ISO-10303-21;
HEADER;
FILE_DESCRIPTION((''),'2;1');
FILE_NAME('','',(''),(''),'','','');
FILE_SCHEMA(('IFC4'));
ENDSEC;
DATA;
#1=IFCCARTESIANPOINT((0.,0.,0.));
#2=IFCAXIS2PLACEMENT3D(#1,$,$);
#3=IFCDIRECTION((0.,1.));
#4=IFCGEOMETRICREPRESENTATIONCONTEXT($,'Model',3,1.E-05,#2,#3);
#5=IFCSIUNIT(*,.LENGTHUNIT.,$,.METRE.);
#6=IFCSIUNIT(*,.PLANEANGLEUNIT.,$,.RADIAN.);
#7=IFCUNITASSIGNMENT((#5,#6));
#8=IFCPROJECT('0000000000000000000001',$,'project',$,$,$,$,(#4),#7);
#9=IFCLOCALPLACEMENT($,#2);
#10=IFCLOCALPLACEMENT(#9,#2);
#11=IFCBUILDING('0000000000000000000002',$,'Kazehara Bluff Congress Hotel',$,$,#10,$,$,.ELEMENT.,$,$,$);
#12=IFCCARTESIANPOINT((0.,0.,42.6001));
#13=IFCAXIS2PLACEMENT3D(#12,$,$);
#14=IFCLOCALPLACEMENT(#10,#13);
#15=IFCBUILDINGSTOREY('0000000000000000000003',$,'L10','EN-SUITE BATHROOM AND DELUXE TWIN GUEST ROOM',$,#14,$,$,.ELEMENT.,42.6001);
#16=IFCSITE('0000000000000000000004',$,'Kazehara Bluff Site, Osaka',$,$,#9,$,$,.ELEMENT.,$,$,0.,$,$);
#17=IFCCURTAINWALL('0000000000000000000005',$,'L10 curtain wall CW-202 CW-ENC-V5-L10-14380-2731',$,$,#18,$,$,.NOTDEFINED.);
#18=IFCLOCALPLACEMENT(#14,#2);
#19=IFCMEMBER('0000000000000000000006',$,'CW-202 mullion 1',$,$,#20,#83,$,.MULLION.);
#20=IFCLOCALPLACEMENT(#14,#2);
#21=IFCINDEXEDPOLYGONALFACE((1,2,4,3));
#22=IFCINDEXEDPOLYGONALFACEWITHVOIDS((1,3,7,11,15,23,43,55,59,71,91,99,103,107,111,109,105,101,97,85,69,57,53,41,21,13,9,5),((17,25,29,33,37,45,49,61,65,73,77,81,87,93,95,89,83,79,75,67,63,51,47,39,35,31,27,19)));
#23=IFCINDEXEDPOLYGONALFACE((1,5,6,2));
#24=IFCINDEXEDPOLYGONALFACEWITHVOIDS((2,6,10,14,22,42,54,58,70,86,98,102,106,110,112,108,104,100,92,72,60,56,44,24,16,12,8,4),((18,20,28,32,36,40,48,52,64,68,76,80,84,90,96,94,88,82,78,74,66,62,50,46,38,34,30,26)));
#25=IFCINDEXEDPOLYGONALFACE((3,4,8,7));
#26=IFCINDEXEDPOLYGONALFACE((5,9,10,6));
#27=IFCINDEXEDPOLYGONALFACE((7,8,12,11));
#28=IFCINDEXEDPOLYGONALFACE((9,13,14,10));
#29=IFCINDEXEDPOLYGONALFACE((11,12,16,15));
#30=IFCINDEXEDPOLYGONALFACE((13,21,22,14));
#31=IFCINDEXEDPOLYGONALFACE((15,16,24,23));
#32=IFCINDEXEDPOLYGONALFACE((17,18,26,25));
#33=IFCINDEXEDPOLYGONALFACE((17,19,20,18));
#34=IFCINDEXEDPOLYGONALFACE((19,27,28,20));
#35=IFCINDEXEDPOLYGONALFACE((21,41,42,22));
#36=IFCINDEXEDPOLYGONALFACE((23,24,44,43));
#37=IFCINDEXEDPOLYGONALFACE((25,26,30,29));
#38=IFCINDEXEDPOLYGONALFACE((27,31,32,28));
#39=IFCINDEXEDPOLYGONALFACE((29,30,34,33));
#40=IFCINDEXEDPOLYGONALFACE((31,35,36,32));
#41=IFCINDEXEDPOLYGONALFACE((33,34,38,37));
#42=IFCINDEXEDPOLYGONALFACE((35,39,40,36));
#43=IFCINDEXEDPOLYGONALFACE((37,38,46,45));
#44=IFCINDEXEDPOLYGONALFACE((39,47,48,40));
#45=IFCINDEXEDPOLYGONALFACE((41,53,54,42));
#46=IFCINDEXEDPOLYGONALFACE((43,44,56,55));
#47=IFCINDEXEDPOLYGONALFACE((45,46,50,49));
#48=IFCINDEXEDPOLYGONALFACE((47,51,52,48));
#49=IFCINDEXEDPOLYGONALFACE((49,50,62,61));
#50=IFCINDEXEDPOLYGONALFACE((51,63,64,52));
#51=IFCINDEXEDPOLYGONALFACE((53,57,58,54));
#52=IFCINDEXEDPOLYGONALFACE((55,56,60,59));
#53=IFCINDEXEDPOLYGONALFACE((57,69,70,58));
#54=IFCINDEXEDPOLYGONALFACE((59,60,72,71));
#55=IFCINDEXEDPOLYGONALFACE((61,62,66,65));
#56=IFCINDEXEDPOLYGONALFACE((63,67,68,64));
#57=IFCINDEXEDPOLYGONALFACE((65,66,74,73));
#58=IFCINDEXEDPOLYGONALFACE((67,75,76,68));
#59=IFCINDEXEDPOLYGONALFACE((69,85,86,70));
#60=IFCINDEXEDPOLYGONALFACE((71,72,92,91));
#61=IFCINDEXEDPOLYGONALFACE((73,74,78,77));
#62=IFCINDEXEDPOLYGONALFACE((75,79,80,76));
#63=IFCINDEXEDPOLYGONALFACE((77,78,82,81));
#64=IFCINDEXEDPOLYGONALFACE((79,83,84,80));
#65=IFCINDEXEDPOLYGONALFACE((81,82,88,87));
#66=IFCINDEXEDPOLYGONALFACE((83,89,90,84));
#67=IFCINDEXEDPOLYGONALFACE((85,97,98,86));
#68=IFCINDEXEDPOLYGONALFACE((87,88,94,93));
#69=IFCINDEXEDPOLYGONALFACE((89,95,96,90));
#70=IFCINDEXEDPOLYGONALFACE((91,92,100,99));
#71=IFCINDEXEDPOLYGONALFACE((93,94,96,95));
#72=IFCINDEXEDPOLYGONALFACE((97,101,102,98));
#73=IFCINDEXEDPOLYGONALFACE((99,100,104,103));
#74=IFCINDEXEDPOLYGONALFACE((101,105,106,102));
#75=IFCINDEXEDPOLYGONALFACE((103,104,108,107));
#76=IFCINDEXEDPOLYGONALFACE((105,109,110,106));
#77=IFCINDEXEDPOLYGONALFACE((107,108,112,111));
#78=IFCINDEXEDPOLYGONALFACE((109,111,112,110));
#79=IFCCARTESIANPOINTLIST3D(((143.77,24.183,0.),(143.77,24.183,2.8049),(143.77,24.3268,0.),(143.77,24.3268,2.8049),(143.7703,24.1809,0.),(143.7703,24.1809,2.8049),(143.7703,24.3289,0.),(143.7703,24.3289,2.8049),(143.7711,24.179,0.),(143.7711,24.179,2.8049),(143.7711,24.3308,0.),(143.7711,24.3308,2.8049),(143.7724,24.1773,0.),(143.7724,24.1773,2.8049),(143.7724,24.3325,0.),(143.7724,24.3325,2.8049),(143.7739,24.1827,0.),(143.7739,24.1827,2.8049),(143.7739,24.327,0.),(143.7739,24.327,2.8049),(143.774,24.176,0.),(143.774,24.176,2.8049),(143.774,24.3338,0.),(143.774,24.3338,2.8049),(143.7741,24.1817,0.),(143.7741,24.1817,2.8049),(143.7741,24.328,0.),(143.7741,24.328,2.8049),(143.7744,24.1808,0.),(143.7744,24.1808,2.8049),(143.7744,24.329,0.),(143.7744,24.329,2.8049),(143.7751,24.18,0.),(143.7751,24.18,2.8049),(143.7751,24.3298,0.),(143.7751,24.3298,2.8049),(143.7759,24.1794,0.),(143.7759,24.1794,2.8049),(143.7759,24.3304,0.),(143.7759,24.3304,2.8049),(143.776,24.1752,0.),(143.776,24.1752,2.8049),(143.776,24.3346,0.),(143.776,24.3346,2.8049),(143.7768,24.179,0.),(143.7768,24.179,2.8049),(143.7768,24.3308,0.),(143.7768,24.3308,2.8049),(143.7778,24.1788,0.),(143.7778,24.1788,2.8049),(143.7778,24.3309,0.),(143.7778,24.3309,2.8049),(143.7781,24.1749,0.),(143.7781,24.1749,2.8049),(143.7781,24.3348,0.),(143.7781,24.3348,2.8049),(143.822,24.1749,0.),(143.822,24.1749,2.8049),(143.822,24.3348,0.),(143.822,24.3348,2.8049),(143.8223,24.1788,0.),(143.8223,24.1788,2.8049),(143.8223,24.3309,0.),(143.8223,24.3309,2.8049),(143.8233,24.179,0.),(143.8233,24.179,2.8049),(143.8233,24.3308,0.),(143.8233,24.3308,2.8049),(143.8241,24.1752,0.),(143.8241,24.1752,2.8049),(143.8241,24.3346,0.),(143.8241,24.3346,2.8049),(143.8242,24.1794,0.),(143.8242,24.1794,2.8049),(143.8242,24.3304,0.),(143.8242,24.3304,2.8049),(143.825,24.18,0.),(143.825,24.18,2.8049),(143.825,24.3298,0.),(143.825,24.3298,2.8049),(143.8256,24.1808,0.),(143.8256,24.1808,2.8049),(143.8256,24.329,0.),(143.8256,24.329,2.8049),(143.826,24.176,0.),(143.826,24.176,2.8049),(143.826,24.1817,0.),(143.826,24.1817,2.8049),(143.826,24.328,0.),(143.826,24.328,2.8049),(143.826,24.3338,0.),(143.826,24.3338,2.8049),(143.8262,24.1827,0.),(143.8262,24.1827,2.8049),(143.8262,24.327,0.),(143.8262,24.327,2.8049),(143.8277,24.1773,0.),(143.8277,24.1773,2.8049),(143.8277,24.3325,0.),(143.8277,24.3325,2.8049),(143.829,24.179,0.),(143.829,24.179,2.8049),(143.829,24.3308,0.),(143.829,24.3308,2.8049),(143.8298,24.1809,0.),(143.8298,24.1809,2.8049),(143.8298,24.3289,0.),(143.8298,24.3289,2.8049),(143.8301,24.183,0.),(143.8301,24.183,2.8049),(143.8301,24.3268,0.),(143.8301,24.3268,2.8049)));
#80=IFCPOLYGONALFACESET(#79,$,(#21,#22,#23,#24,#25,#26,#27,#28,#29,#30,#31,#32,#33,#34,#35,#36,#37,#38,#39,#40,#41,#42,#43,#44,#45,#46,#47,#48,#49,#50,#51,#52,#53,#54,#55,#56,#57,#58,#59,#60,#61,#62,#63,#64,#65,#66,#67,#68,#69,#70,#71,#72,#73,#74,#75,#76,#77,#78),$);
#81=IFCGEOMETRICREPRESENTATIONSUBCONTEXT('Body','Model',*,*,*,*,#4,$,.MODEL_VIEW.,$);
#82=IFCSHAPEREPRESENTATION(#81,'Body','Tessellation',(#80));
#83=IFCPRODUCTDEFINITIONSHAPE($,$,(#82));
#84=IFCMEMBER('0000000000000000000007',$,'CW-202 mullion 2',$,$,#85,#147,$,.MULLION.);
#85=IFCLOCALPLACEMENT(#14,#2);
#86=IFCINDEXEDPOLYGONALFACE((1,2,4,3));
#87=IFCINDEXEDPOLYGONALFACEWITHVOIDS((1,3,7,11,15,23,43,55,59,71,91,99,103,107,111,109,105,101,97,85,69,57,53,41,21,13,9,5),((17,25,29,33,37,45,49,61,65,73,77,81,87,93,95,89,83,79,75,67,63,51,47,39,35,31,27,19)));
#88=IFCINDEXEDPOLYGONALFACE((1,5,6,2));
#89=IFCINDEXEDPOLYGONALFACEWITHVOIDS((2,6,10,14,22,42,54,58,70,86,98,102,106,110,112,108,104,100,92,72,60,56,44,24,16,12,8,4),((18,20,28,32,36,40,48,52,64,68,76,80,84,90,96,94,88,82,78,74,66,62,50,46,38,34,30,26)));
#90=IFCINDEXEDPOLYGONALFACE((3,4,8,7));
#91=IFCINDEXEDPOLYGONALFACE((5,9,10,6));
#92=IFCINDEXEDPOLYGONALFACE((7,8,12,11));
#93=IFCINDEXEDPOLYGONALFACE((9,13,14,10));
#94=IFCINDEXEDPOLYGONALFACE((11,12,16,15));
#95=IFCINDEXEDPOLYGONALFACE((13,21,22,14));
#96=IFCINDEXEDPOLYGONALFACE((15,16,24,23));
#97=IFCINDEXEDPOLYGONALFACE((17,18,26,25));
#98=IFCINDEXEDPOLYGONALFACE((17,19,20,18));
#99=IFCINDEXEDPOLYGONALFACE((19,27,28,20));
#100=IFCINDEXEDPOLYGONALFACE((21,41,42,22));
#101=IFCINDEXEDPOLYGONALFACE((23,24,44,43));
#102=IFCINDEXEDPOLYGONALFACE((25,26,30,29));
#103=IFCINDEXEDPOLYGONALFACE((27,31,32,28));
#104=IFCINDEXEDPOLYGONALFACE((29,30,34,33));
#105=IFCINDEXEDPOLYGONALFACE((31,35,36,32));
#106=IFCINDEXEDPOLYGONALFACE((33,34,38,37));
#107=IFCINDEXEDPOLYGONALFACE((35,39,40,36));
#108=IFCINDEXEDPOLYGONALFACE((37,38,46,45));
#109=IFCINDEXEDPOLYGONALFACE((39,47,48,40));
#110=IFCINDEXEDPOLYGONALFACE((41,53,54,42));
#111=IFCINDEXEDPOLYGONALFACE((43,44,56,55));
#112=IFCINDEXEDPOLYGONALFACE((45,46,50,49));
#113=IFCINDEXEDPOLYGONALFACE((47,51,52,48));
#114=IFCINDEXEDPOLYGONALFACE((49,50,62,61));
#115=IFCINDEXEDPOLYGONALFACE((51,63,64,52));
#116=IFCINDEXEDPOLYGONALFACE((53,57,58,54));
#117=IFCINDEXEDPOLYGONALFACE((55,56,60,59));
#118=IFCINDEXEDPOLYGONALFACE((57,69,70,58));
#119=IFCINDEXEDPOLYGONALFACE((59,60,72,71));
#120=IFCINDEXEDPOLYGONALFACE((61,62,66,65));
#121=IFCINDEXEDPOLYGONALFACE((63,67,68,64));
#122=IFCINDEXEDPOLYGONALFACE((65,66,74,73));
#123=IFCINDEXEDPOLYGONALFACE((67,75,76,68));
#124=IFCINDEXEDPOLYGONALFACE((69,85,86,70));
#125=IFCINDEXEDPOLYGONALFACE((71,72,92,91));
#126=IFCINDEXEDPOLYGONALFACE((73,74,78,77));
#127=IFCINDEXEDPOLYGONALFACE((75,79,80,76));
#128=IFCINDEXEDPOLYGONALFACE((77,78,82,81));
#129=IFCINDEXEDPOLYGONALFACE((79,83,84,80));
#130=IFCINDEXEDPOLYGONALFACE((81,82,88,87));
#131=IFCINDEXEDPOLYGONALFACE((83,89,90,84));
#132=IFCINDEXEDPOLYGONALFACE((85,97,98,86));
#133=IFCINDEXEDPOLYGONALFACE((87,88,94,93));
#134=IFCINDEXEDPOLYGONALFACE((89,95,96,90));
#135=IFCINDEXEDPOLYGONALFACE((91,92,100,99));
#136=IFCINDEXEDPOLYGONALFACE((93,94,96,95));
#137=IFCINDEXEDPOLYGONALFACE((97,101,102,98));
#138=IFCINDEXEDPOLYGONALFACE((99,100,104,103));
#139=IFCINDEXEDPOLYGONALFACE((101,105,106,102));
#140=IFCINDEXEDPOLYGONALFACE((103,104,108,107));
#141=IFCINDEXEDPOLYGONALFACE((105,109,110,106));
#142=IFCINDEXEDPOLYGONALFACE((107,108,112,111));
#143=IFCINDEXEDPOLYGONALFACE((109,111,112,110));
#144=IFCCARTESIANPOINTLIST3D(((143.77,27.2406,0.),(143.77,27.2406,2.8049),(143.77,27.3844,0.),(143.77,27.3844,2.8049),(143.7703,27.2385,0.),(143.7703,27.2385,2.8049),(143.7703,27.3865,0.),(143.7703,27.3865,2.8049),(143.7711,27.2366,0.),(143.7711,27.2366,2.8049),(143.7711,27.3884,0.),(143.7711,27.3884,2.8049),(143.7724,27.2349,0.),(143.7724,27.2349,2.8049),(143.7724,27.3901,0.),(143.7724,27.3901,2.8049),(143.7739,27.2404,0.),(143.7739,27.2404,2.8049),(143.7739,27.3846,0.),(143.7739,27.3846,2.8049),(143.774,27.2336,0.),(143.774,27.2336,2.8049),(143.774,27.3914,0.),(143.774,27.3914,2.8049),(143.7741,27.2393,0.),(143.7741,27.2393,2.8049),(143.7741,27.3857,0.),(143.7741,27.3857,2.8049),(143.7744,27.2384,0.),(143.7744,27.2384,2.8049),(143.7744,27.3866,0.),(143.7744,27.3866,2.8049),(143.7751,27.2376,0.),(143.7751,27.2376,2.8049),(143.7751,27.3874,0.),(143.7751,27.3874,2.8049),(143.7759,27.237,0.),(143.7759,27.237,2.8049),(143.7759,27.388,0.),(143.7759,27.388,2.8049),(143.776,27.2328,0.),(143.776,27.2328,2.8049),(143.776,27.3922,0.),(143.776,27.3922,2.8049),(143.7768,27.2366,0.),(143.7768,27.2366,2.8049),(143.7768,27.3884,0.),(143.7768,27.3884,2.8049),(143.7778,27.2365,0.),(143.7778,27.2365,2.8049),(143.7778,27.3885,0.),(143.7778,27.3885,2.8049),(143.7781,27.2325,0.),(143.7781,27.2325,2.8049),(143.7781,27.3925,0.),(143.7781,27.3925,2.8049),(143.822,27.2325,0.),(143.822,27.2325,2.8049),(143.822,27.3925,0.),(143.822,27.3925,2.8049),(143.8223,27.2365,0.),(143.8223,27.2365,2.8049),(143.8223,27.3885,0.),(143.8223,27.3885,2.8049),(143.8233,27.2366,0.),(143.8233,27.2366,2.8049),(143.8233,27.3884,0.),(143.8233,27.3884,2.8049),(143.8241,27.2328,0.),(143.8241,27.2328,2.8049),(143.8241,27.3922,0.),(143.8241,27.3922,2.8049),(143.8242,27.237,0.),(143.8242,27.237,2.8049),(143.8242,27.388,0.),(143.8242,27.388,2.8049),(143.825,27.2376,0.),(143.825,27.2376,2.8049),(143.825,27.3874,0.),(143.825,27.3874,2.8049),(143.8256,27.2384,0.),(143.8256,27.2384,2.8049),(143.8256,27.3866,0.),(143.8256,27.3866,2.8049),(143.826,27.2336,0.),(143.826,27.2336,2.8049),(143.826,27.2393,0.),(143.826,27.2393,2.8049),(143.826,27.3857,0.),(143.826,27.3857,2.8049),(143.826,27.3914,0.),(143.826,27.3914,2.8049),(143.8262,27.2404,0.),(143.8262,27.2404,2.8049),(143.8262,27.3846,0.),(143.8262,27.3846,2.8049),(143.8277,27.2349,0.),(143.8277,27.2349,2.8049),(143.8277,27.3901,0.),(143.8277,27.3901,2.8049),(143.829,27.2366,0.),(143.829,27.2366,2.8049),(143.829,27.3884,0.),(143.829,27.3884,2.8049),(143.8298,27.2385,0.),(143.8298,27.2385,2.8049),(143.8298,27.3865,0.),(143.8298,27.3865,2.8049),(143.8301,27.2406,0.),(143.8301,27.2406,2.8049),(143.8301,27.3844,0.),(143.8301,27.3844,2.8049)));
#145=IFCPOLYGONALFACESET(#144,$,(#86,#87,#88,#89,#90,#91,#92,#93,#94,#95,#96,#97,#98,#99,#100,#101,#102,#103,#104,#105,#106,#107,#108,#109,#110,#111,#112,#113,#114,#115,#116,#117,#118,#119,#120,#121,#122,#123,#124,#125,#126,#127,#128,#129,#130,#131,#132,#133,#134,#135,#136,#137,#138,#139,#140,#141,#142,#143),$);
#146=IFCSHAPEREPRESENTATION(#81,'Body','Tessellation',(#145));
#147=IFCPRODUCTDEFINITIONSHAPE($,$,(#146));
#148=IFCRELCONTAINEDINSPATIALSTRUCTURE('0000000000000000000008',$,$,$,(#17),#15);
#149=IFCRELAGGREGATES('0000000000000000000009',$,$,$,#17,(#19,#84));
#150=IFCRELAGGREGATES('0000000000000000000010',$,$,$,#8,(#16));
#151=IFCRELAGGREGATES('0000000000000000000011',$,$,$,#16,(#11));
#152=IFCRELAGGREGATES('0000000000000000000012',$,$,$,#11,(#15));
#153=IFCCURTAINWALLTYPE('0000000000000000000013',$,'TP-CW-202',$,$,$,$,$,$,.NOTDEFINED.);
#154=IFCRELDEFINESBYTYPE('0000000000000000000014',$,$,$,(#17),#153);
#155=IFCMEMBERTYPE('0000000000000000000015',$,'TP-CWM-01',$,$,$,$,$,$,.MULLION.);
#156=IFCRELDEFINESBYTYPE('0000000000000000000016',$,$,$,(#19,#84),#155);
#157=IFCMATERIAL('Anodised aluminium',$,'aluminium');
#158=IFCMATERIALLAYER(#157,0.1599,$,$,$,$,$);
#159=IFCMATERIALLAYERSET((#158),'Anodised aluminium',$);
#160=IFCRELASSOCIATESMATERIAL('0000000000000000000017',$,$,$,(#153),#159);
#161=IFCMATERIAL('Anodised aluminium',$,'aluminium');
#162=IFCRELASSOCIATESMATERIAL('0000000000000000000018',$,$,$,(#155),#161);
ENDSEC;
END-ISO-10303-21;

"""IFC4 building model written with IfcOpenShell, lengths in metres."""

from ifc_helpers import new_model, si_unit, direction, frame, origin, origin_2d, place, context, subcontext, project, spatial, hollow_rectangle, extrude, material, layer, layer_set, material_profile, profile_set, type_object, element, aggregate, save


model = new_model("IFC4")

# Units and contexts
model_context = context("Model", 3, precision=1e-05, world=origin(), true_north=direction((0.0, 1.0)))
body_context = subcontext(model_context, "Body", "Model", "MODEL_VIEW")
ifc_project = project(units=[si_unit("LENGTHUNIT", "METRE"), si_unit("PLANEANGLEUNIT", "RADIAN")], contexts=[model_context])

# Site, building, storey
site_placement = place(None, origin())
site = spatial("IfcSite", under=ifc_project, at=site_placement, Name="Kazehara Bluff Site, Osaka", CompositionType="ELEMENT", RefElevation=0.0)
building_placement = place(site_placement, origin())
building = spatial("IfcBuilding", under=site, at=building_placement, Name="Kazehara Bluff Congress Hotel", CompositionType="ELEMENT")
storey_placement = place(building_placement, frame((0.0, 0.0, 42.6001)))
storey = spatial("IfcBuildingStorey", under=building, at=storey_placement, Name="L10", Description="EN-SUITE BATHROOM AND DELUXE TWIN GUEST ROOM", CompositionType="ELEMENT", Elevation=42.6001)

# Curtain wall, members
ifc_material_1 = material(Name="Anodised aluminium", Category="aluminium")
ifc_layer_1 = layer(ifc_material_1, 0.1599)
ifc_layer_set_1 = layer_set([ifc_layer_1], Name="Anodised aluminium")
curtain_wall_type_1 = type_object("IfcCurtainWallType", Name="TP-CW-202", PredefinedType="NOTDEFINED", material=ifc_layer_set_1)
curtain_wall_1_placement = place(storey_placement, origin())
curtain_wall_1 = element("IfcCurtainWall", 1, at=curtain_wall_1_placement, inside=storey, type_object=curtain_wall_type_1, Name="L10 curtain wall CW-202 CW-ENC-V5-L10-14380-2731", PredefinedType="NOTDEFINED")
ifc_material_2 = material(Name="Anodised aluminium", Category="aluminium")
ifc_material_profile_1 = material_profile(ifc_material_2, hollow_rectangle(XDim=0.0601, YDim=0.1599, WallThickness=0.0039, InnerFilletRadius=0.0039, OuterFilletRadius=0.0081, at=origin_2d()))
ifc_profile_set_1 = profile_set([ifc_material_profile_1], Name="Anodised aluminium")
member_type_1 = type_object("IfcMemberType", Name="TP-CWM-01", PredefinedType="MULLION", material=ifc_profile_set_1)
member_1_placement = place(storey_placement, frame((143.8, 24.2549, 0.0), z_axis=(0.0, 0.0, 1.0), x_axis=(-1.0, 0.0, 0.0)))
member_1 = element("IfcMember", 2, at=member_1_placement, type_object=member_type_1, Name="CW-202 mullion 1", PredefinedType="MULLION", context=body_context, shape_type="SweptSolid", body=[
    extrude(hollow_rectangle(XDim=0.0601, YDim=0.1599, WallThickness=0.0039, InnerFilletRadius=0.0039, OuterFilletRadius=0.0081, at=origin_2d()), origin(), (0.0, 0.0, 1.0), 2.8049),
])
member_2_placement = place(storey_placement, frame((143.8, 27.3125, 0.0), z_axis=(0.0, 0.0, 1.0), x_axis=(-1.0, 0.0, 0.0)))
member_2 = element("IfcMember", 3, at=member_2_placement, type_object=member_type_1, Name="CW-202 mullion 2", PredefinedType="MULLION", context=body_context, shape_type="SweptSolid", body=[
    extrude(hollow_rectangle(XDim=0.0601, YDim=0.1599, WallThickness=0.0039, InnerFilletRadius=0.0039, OuterFilletRadius=0.0081, at=origin_2d()), origin(), (0.0, 0.0, 1.0), 2.8049),
])

aggregate(curtain_wall_1, [member_1, member_2])

save(model, "model.ifc")
